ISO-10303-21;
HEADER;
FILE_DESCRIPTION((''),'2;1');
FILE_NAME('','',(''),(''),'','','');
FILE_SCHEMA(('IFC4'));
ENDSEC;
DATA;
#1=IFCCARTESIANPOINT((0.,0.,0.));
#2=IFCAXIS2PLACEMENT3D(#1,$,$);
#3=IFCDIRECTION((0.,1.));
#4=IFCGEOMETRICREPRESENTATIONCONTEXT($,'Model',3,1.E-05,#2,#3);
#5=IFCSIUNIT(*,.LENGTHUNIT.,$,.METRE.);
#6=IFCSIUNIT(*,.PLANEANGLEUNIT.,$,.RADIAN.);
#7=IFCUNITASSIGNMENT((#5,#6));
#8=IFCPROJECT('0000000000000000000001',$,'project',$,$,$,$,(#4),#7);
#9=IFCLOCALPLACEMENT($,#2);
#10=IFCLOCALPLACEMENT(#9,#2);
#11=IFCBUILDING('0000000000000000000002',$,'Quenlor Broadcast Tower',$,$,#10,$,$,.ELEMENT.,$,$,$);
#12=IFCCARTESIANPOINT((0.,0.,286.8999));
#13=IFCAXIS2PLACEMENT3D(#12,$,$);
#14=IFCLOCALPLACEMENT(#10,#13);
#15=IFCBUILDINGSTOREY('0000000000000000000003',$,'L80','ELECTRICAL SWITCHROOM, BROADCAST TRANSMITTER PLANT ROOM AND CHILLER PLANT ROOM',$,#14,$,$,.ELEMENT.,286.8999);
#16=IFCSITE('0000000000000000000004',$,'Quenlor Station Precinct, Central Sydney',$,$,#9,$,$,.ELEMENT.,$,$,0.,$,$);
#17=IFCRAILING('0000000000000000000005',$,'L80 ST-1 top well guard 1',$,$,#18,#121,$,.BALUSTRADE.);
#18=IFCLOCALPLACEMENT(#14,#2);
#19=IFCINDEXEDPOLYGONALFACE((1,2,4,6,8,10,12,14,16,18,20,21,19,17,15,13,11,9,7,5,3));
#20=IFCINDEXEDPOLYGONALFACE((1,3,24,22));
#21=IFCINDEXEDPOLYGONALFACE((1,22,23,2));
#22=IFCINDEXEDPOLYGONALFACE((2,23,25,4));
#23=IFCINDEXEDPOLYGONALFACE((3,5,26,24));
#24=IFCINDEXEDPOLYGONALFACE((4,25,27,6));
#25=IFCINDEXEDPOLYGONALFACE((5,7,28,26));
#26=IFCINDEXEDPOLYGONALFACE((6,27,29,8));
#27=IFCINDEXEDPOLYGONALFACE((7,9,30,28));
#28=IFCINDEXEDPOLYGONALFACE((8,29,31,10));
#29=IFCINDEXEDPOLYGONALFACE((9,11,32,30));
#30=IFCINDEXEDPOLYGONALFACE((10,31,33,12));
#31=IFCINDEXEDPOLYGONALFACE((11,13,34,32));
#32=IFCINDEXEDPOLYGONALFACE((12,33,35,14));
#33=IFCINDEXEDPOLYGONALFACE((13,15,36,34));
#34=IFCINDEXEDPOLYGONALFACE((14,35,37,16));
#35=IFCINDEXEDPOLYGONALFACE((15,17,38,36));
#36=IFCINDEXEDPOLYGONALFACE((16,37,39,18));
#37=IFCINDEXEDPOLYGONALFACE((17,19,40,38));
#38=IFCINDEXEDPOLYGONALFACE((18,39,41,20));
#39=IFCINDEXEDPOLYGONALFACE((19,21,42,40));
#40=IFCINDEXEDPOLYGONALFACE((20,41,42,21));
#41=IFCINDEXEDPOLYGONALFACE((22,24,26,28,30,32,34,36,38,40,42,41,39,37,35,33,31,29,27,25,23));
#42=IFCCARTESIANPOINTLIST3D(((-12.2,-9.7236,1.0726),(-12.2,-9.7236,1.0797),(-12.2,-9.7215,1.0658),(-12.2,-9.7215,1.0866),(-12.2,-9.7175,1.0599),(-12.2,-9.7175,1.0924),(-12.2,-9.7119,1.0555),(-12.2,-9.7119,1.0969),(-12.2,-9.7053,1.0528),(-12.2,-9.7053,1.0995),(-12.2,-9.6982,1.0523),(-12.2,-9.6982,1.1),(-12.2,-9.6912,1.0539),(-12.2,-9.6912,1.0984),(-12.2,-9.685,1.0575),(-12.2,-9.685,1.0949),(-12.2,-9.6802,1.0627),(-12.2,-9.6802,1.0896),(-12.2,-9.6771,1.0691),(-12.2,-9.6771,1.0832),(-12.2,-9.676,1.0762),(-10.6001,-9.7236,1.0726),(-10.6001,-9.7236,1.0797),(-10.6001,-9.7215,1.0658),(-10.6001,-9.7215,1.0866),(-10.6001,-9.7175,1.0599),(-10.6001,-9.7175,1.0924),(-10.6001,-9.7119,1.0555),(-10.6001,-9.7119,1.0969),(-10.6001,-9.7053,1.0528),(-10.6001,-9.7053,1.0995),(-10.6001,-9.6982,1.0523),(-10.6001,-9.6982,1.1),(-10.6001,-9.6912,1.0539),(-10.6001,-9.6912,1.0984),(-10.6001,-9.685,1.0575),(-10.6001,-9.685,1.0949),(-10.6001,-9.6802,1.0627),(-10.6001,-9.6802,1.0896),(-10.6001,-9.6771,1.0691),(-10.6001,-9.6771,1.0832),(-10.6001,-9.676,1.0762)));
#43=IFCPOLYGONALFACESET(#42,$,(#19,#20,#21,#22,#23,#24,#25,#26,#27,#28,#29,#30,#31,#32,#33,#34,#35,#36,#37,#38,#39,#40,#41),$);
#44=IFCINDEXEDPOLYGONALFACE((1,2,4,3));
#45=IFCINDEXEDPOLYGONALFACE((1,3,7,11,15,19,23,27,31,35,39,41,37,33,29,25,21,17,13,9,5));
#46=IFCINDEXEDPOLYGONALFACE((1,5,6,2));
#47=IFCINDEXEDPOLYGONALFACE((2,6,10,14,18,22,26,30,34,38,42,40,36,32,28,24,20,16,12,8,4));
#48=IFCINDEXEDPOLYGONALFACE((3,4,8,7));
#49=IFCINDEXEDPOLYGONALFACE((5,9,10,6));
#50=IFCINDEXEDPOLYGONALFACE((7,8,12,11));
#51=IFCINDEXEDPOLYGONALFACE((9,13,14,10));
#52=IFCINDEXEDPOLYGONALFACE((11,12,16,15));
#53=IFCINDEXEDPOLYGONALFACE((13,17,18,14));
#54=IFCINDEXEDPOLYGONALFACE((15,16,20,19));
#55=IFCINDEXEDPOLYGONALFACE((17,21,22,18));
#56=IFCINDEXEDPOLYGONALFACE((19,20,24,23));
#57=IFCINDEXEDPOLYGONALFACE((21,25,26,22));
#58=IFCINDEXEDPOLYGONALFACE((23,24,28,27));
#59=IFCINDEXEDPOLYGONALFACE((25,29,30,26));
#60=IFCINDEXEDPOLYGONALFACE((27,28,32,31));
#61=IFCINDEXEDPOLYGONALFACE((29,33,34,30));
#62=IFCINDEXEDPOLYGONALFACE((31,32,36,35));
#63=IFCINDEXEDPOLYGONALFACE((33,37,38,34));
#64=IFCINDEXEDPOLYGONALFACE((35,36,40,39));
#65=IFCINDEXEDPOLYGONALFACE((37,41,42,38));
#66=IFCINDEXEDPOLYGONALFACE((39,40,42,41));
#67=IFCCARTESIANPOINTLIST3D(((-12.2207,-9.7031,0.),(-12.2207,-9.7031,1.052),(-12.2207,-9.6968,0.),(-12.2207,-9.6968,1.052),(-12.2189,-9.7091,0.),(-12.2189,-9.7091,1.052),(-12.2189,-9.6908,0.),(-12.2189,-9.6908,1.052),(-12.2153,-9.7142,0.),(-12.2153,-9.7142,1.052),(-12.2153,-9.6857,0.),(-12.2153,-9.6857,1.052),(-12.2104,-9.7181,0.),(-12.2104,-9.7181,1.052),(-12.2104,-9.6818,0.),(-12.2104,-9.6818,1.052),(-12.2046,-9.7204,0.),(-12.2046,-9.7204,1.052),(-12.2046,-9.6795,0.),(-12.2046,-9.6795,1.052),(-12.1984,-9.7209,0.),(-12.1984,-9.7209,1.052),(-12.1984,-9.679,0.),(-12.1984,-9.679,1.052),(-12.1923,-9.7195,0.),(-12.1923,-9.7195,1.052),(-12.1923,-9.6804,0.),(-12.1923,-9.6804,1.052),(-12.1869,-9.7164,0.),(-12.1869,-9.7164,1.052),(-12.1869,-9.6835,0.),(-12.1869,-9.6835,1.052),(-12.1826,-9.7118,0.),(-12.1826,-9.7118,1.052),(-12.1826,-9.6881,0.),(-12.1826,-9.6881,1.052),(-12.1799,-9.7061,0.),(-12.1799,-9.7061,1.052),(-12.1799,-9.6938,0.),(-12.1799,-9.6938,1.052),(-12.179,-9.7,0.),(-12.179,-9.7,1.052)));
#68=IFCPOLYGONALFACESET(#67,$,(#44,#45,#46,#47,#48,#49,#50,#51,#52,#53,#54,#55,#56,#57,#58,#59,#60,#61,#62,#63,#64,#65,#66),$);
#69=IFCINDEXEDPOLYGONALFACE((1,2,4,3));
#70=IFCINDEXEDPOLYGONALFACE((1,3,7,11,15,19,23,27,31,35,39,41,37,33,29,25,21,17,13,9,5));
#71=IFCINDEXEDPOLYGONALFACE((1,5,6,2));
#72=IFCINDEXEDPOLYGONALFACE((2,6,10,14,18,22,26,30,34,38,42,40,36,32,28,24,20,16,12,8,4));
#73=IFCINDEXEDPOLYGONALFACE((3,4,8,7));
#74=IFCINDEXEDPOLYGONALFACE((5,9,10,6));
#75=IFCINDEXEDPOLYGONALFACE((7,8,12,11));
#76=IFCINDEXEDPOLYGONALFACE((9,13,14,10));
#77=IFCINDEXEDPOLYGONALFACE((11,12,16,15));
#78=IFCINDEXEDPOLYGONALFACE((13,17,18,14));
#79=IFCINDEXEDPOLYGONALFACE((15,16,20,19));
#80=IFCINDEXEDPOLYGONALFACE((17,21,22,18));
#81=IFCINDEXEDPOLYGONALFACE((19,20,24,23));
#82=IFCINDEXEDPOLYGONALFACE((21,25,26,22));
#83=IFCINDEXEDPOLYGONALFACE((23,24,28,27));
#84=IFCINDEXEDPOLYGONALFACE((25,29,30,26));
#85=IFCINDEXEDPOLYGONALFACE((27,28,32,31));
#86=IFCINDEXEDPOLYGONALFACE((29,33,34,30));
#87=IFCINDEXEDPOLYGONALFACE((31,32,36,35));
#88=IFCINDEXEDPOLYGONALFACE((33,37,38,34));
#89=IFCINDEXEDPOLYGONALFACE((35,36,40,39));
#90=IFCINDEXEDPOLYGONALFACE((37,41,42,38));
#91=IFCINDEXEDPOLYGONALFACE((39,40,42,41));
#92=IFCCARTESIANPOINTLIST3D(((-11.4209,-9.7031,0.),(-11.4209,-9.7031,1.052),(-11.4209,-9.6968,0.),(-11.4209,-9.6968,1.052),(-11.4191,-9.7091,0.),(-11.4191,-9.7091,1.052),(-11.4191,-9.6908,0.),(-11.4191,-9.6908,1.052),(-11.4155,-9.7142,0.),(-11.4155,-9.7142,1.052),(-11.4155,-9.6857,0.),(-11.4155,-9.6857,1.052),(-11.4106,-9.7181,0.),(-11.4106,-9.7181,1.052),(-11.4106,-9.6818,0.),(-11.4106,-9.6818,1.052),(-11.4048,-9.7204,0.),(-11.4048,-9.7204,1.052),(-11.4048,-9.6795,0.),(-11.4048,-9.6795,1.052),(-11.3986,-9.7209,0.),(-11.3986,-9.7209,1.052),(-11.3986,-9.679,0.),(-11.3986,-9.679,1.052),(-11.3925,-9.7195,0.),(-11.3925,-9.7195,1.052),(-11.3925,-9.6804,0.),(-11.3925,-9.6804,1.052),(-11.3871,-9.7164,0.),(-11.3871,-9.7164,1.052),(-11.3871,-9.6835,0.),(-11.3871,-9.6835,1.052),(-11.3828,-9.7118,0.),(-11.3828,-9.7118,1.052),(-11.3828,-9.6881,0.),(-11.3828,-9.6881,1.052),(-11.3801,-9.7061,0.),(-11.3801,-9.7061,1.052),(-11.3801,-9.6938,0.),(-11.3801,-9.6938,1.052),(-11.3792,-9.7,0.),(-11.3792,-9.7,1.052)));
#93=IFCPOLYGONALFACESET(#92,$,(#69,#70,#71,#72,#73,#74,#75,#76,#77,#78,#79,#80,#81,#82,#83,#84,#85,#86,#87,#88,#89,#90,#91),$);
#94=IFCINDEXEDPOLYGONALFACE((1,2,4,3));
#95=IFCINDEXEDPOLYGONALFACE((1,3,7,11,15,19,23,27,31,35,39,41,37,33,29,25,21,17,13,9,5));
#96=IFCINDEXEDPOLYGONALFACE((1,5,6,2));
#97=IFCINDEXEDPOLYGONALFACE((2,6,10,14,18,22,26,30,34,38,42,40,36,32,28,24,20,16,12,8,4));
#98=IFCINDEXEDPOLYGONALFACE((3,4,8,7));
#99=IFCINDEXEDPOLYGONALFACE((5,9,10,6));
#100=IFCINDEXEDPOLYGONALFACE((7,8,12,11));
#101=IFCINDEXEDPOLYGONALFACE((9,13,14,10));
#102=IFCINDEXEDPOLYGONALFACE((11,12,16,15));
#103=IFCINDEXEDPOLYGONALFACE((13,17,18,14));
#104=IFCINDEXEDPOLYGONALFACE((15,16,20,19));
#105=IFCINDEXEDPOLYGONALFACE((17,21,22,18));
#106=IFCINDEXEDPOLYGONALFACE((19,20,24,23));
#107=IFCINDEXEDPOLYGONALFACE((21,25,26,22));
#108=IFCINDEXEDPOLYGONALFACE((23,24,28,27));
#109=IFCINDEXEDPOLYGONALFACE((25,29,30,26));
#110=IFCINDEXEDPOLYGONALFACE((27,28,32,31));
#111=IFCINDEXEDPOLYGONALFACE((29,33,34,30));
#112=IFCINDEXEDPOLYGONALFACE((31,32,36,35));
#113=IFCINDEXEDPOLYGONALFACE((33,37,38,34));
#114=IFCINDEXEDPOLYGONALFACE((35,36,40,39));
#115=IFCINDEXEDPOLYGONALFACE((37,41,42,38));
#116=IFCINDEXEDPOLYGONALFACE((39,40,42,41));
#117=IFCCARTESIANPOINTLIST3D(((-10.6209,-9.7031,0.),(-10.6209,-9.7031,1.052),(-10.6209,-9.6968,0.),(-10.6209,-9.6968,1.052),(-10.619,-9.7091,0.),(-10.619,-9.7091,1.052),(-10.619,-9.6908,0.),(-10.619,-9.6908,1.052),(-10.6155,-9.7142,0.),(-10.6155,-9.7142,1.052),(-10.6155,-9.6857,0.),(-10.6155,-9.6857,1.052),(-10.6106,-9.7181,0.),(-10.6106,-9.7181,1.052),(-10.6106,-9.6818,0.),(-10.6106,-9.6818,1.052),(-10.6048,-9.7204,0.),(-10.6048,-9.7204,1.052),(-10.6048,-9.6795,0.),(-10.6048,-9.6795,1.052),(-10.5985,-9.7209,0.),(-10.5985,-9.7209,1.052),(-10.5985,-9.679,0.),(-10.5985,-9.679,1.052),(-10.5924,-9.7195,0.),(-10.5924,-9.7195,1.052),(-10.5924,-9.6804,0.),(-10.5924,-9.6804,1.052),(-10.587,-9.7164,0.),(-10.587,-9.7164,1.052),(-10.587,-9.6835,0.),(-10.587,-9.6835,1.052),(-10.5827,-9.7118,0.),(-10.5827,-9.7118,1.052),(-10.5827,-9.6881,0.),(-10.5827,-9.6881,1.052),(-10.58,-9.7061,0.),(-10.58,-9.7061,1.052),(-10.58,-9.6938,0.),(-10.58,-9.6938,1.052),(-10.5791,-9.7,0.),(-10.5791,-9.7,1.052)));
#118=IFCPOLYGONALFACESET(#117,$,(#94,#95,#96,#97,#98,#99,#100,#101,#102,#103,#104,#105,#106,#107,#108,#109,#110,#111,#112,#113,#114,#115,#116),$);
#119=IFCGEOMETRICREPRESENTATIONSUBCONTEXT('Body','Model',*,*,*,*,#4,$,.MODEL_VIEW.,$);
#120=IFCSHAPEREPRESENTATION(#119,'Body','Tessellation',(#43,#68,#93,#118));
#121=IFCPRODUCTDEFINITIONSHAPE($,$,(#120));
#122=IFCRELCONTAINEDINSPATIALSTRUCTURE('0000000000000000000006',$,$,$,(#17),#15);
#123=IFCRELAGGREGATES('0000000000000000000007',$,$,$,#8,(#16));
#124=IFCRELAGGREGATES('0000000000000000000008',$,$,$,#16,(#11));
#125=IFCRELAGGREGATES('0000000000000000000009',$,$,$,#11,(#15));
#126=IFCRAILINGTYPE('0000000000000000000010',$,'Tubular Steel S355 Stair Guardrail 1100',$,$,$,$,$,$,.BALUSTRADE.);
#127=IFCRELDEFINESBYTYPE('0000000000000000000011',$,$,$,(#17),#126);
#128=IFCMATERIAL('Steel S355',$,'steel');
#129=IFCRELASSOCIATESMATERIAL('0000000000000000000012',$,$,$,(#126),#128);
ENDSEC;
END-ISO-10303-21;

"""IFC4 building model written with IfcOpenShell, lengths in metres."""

from ifc_helpers import new_model, si_unit, direction, frame, origin, origin_2d, place, context, subcontext, project, spatial, circle, extrude, material, type_object, element, save


model = new_model("IFC4")

# Units and contexts
model_context = context("Model", 3, precision=1e-05, world=origin(), true_north=direction((0.0, 1.0)))
body_context = subcontext(model_context, "Body", "Model", "MODEL_VIEW")
ifc_project = project(units=[si_unit("LENGTHUNIT", "METRE"), si_unit("PLANEANGLEUNIT", "RADIAN")], contexts=[model_context])

# Site, building, storey
site_placement = place(None, origin())
site = spatial("IfcSite", under=ifc_project, at=site_placement, Name="Quenlor Station Precinct, Central Sydney", CompositionType="ELEMENT", RefElevation=0.0)
building_placement = place(site_placement, origin())
building = spatial("IfcBuilding", under=site, at=building_placement, Name="Quenlor Broadcast Tower", CompositionType="ELEMENT")
storey_placement = place(building_placement, frame((0.0, 0.0, 286.8999)))
storey = spatial("IfcBuildingStorey", under=building, at=storey_placement, Name="L80", Description="ELECTRICAL SWITCHROOM, BROADCAST TRANSMITTER PLANT ROOM AND CHILLER PLANT ROOM", CompositionType="ELEMENT", Elevation=286.8999)

# Railing
ifc_material_1 = material(Name="Steel S355", Category="steel")
railing_type = type_object("IfcRailingType", Name="Tubular Steel S355 Stair Guardrail 1100", PredefinedType="BALUSTRADE", material=ifc_material_1)
railing_placement = place(storey_placement, frame((-12.2, -9.7, 0.0)))
element("IfcRailing", 1, at=railing_placement, inside=storey, type_object=railing_type, Name="L80 ST-1 top well guard 1", PredefinedType="BALUSTRADE", context=body_context, shape_type="SweptSolid", body=[
    extrude(circle(Radius=0.0239, at=origin_2d()), frame((0.0, 0.0, 1.0762), z_axis=(1.0, 0.0, 0.0), x_axis=(0.0, 1.0, 0.0)), (0.0, 0.0, 1.0), 1.5999),
    extrude(circle(Radius=0.021, at=origin_2d()), origin(), (0.0, 0.0, 1.0), 1.052),
    extrude(circle(Radius=0.021, at=origin_2d()), frame((0.7998, 0.0, 0.0)), (0.0, 0.0, 1.0), 1.052),
    extrude(circle(Radius=0.021, at=origin_2d()), frame((1.5999, 0.0, 0.0)), (0.0, 0.0, 1.0), 1.052),
])

save(model, "model.ifc")
